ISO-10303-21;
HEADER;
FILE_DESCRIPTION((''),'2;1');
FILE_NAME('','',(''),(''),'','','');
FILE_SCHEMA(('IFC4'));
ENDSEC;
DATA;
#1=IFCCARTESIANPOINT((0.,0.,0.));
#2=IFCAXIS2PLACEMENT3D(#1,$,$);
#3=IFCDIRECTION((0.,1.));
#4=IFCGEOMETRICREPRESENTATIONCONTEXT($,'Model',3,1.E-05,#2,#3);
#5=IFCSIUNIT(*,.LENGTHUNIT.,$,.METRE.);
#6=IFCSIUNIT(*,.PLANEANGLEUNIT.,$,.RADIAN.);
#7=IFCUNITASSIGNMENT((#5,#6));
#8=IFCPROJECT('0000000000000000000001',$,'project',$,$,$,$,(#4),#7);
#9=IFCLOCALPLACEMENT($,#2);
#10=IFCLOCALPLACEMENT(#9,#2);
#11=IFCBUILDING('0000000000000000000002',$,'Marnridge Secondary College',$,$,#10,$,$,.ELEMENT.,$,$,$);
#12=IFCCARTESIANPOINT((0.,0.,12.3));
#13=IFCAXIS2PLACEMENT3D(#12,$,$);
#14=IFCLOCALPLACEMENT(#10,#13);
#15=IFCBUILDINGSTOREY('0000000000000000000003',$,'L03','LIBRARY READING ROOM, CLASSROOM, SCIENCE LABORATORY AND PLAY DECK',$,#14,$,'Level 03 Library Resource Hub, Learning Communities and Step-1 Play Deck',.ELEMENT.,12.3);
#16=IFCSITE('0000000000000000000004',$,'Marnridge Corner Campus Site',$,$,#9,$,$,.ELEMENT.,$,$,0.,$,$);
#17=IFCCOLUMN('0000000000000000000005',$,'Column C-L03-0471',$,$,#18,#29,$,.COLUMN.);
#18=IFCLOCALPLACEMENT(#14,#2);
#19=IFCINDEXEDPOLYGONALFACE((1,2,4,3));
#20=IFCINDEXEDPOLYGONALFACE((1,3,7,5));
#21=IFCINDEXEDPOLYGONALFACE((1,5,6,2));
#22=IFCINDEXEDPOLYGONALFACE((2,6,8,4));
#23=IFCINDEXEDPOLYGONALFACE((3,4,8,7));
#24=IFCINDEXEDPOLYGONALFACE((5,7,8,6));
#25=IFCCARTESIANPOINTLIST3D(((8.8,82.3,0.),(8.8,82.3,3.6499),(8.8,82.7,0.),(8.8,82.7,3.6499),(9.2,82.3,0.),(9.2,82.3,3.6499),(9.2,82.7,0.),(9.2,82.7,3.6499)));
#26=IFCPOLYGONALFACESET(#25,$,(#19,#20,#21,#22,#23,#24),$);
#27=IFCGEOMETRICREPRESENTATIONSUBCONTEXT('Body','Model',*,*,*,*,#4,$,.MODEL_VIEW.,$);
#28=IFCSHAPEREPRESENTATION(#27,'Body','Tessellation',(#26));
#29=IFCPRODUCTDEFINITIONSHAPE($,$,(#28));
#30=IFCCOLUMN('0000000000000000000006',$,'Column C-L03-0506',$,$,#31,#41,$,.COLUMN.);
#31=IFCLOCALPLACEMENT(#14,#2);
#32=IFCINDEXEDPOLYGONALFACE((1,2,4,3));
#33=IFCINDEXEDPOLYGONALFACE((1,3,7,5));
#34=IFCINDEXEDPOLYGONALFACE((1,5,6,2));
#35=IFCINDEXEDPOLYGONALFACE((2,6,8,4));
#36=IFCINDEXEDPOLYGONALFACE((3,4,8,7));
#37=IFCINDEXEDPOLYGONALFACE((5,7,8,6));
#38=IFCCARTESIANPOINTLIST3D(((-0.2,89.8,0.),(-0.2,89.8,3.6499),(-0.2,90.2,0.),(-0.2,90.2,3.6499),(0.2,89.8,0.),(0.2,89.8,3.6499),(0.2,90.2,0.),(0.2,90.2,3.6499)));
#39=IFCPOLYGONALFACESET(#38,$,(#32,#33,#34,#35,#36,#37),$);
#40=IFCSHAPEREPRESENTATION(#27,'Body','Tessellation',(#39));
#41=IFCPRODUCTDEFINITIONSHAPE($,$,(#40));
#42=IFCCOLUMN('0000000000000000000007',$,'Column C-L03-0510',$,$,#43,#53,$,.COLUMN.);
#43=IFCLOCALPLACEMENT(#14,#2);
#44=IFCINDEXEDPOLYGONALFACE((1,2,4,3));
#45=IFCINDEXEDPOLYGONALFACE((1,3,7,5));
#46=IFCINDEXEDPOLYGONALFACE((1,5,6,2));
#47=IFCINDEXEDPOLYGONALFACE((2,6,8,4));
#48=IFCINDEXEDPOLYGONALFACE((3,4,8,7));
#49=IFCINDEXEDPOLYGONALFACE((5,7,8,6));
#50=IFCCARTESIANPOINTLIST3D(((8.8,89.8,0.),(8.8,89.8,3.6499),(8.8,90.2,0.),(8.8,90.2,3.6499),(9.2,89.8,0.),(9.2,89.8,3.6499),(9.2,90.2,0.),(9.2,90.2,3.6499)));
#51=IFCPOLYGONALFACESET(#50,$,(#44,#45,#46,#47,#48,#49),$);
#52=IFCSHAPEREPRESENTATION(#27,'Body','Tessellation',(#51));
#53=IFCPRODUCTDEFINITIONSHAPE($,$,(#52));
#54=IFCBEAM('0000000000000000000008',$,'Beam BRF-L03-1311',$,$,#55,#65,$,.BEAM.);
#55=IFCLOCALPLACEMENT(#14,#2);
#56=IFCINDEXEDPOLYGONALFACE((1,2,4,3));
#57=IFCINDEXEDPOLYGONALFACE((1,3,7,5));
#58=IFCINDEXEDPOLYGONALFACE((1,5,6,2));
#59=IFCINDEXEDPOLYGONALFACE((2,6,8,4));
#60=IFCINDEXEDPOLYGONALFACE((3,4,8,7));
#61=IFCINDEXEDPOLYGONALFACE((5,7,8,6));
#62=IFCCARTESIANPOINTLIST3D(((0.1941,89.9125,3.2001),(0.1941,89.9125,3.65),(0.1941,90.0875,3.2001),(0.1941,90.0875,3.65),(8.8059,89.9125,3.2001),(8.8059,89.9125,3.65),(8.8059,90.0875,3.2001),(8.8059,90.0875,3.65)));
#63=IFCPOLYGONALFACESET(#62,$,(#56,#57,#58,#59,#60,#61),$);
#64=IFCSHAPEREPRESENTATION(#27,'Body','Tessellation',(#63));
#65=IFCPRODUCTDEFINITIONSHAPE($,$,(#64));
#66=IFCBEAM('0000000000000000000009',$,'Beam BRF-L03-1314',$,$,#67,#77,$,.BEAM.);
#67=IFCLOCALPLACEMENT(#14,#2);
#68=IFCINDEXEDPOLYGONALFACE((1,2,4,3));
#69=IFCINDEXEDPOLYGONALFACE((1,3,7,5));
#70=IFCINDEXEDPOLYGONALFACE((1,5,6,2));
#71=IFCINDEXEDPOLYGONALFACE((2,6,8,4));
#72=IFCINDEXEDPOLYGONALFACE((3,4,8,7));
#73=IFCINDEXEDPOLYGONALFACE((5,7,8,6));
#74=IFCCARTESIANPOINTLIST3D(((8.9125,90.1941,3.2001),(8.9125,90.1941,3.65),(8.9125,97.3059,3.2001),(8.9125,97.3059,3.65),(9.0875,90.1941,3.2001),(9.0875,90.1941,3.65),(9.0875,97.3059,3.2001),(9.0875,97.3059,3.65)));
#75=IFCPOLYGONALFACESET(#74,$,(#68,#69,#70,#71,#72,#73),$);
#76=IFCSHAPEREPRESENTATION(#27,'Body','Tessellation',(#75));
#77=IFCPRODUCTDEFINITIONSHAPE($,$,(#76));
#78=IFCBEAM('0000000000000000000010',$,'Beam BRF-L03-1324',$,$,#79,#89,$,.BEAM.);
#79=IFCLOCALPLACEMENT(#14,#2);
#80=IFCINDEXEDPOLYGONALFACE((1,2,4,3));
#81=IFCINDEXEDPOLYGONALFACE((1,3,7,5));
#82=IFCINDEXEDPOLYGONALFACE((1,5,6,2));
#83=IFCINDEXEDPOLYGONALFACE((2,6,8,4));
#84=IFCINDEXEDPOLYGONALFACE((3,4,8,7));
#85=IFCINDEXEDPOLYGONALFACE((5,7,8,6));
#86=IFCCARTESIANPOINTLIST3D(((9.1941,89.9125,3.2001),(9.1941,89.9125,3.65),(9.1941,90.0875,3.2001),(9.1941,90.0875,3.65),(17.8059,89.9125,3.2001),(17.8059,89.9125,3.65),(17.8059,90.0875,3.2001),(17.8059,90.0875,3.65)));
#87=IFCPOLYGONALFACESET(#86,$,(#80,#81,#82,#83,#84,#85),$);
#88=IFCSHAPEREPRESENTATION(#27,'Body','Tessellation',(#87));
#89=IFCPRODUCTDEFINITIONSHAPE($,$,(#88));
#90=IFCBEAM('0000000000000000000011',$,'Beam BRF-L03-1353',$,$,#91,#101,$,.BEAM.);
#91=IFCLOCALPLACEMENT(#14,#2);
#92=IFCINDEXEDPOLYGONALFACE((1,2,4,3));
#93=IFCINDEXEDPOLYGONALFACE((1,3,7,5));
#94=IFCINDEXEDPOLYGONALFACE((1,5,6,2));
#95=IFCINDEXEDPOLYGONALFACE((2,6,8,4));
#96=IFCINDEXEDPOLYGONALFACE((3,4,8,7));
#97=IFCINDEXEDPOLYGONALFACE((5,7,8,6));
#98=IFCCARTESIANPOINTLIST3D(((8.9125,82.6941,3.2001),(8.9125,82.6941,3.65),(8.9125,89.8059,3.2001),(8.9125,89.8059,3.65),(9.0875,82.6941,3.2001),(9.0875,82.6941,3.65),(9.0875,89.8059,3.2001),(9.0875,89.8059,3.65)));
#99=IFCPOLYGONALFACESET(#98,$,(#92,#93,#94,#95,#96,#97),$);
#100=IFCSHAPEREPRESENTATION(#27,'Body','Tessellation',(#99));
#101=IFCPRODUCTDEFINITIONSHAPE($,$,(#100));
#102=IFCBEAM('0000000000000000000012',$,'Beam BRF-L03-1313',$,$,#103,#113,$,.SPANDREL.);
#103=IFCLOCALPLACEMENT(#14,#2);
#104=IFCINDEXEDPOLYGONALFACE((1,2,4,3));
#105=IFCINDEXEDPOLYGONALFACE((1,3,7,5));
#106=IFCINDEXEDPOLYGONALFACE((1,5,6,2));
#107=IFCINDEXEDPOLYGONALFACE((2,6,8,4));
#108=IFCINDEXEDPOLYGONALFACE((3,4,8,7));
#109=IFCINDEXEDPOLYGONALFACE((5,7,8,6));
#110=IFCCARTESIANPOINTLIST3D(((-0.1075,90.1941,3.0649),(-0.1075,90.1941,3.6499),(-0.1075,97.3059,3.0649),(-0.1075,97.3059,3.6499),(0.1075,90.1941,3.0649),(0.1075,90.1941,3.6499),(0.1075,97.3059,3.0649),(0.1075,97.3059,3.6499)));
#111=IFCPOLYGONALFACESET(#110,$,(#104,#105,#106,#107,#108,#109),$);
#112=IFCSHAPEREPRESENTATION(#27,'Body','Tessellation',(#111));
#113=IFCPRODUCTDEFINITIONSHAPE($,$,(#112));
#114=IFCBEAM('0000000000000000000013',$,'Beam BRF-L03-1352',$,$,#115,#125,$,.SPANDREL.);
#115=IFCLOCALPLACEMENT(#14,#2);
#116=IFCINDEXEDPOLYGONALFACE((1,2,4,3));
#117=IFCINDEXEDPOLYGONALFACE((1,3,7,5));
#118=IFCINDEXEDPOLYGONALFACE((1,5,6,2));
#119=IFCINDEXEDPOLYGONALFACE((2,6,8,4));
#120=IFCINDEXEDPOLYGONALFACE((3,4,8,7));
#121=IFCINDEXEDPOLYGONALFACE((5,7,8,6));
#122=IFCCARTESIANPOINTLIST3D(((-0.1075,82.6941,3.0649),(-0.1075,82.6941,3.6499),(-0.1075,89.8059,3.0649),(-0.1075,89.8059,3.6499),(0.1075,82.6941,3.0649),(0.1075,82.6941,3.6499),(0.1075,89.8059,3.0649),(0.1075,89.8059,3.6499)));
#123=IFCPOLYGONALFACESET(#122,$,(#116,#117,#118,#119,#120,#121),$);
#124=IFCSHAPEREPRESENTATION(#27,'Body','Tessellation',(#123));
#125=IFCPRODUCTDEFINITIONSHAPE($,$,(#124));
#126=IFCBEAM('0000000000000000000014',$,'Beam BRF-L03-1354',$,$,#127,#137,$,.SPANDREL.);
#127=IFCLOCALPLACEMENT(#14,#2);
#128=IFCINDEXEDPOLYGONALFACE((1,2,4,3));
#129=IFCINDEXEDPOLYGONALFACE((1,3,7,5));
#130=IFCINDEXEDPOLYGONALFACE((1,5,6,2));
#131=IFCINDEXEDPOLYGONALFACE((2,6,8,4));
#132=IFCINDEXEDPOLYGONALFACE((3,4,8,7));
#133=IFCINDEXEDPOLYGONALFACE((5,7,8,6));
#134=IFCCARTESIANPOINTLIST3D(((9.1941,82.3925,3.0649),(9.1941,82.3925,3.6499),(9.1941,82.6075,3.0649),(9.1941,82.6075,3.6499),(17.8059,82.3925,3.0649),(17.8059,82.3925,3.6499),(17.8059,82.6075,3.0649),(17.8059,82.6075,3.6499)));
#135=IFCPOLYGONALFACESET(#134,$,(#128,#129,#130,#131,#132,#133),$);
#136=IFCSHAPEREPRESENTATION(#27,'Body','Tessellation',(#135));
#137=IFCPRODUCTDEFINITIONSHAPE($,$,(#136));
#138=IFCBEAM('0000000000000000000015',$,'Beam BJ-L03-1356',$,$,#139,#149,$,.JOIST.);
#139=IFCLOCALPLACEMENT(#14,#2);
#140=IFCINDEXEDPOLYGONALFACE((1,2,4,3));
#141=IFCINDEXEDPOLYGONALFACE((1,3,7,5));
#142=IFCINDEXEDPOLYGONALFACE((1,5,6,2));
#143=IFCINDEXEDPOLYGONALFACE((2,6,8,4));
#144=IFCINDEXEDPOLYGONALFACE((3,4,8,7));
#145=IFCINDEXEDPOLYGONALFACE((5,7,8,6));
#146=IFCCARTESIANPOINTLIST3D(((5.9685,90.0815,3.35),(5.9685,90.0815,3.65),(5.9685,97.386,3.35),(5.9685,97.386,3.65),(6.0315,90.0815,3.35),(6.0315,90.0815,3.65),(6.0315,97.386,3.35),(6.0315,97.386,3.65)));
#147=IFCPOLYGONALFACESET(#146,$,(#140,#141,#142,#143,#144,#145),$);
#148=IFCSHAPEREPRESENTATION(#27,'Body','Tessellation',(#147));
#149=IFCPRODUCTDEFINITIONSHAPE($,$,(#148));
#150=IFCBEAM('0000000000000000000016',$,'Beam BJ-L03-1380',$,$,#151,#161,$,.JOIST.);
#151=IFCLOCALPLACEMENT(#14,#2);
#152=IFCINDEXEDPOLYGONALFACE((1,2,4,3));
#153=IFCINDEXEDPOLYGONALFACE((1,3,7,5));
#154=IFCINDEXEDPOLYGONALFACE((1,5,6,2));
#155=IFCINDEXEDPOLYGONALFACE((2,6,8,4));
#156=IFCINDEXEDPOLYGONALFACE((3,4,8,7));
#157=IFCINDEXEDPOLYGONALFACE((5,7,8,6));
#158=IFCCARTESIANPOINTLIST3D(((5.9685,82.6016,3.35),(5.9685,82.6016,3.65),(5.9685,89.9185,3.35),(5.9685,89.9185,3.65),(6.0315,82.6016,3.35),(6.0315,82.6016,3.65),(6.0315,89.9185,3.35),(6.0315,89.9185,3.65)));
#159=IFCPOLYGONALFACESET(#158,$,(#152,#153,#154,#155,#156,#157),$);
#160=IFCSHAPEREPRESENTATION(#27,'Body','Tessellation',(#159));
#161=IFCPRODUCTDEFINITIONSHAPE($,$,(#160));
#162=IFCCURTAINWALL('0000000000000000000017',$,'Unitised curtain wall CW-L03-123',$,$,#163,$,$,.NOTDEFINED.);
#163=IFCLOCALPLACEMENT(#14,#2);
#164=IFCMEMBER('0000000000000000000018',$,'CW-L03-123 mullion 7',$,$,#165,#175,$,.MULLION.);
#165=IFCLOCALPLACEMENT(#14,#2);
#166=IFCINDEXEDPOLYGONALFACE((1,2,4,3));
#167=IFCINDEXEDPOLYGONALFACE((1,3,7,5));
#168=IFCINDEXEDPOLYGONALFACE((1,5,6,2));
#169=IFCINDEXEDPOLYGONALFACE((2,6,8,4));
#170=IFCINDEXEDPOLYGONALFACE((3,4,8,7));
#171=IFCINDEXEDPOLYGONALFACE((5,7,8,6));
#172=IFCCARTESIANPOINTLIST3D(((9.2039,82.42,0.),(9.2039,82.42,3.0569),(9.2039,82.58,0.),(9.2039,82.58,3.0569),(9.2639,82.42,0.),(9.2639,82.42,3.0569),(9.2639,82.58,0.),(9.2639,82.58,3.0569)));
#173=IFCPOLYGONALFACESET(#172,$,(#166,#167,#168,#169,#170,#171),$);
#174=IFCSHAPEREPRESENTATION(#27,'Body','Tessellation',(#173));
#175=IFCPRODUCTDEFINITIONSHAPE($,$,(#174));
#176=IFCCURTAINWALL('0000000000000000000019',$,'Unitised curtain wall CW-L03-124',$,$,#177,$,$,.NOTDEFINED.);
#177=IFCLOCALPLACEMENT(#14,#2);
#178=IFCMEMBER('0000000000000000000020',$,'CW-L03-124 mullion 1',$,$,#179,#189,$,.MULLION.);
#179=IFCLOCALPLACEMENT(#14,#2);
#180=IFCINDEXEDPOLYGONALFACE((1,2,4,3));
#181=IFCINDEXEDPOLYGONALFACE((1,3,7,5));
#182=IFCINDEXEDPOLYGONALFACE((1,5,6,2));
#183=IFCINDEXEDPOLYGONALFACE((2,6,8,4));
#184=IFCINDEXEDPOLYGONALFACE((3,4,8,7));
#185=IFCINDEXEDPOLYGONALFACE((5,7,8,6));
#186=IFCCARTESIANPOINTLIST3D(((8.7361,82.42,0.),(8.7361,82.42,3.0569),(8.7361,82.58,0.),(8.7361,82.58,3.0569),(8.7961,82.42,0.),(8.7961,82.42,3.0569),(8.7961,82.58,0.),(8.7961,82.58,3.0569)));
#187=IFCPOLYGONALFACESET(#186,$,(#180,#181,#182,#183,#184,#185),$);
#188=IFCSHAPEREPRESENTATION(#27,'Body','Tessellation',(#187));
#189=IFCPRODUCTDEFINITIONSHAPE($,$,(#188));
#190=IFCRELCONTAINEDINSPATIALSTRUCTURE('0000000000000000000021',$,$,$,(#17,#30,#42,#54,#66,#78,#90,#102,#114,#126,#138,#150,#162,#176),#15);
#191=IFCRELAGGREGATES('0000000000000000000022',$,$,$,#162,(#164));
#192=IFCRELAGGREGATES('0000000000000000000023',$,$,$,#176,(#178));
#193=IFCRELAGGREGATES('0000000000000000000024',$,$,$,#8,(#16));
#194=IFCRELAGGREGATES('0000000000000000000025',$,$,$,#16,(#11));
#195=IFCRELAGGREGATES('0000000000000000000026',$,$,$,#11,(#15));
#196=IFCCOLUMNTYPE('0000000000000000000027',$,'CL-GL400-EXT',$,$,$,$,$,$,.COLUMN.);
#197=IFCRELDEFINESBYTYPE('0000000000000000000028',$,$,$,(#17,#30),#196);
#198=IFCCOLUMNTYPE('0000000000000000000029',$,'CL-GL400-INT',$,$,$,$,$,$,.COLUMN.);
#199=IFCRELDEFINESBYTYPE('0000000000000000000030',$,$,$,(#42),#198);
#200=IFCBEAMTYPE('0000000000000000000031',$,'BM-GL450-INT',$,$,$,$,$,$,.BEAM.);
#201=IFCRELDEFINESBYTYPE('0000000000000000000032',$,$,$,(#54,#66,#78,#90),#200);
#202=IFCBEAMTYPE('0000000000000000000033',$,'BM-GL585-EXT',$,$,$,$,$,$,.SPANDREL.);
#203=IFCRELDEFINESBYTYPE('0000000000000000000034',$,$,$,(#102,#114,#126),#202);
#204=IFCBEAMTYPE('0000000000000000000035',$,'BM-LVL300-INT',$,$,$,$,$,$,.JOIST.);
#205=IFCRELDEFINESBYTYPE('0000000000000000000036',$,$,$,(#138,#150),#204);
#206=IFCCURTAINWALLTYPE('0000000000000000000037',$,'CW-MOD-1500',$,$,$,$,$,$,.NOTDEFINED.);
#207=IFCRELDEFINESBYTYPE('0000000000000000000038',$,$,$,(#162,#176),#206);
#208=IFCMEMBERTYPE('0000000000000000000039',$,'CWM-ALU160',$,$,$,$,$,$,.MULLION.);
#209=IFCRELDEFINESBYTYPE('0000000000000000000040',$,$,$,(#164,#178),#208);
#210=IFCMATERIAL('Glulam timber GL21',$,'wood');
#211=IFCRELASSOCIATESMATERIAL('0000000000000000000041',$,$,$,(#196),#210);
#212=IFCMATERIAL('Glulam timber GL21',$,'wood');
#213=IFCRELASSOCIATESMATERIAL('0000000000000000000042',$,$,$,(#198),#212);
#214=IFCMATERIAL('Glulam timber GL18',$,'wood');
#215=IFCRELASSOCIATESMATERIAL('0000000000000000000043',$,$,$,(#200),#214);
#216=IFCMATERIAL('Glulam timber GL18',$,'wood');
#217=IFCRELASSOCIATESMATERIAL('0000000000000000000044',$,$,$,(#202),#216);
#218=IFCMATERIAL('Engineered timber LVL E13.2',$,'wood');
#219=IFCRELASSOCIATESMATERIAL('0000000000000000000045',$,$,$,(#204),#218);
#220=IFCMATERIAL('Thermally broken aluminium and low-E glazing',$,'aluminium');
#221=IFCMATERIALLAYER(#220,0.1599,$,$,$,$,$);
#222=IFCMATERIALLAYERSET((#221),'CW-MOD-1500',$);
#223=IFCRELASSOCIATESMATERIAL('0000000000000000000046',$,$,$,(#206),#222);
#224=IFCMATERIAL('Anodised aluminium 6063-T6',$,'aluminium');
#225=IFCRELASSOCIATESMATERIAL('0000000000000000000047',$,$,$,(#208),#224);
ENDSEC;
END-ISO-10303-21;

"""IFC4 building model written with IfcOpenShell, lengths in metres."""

from ifc_helpers import new_model, si_unit, direction, frame, origin, origin_2d, place, context, subcontext, project, spatial, rectangle, extrude, material, layer, layer_set, material_profile, profile_set, type_object, element, aggregate, save


model = new_model("IFC4")

# Units and contexts
model_context = context("Model", 3, precision=1e-05, world=origin(), true_north=direction((0.0, 1.0)))
body_context = subcontext(model_context, "Body", "Model", "MODEL_VIEW")
ifc_project = project(units=[si_unit("LENGTHUNIT", "METRE"), si_unit("PLANEANGLEUNIT", "RADIAN")], contexts=[model_context])

# Site, building, storey
site_placement = place(None, origin())
site = spatial("IfcSite", under=ifc_project, at=site_placement, Name="Marnridge Corner Campus Site", CompositionType="ELEMENT", RefElevation=0.0)
building_placement = place(site_placement, origin())
building = spatial("IfcBuilding", under=site, at=building_placement, Name="Marnridge Secondary College", CompositionType="ELEMENT")
storey_placement = place(building_placement, frame((0.0, 0.0, 12.3)))
storey = spatial("IfcBuildingStorey", under=building, at=storey_placement, Name="L03", Description="LIBRARY READING ROOM, CLASSROOM, SCIENCE LABORATORY AND PLAY DECK", LongName="Level 03 Library Resource Hub, Learning Communities and Step-1 Play Deck", CompositionType="ELEMENT", Elevation=12.3)

# Columns
ifc_material_1 = material(Name="Glulam timber GL21", Category="wood")
ifc_material_profile_1 = material_profile(ifc_material_1, rectangle(XDim=0.3999, YDim=0.3999, at=origin_2d()), Name="GL21 400x400")
ifc_profile_set_1 = profile_set([ifc_material_profile_1], Name="Glulam timber GL21")
column_type_1 = type_object("IfcColumnType", Name="CL-GL400-EXT", PredefinedType="COLUMN", material=ifc_profile_set_1)
for number, where, z_axis, x_axis, name in (
    (1, (9.0, 82.5, 0.0), (0.0, 0.0, 1.0), (1.0, 0.0, 0.0), "Column C-L03-0471"),
    (2, (0.0, 90.0, 0.0), (0.0, 0.0, 1.0), (1.0, 0.0, 0.0), "Column C-L03-0506"),
):
    element("IfcColumn", number, at=place(storey_placement, frame(where, z_axis=z_axis, x_axis=x_axis)), inside=storey, type_object=column_type_1, Name=name, PredefinedType="COLUMN", context=body_context, shape_type="SweptSolid", body=[
        extrude(rectangle(XDim=0.3999, YDim=0.3999, at=origin_2d()), origin(), (0.0, 0.0, 1.0), 3.6499),
    ])
ifc_material_2 = material(Name="Glulam timber GL21", Category="wood")
ifc_material_profile_2 = material_profile(ifc_material_2, rectangle(XDim=0.3999, YDim=0.3999, at=origin_2d()), Name="GL21 400x400")
ifc_profile_set_2 = profile_set([ifc_material_profile_2], Name="Glulam timber GL21")
column_type_2 = type_object("IfcColumnType", Name="CL-GL400-INT", PredefinedType="COLUMN", material=ifc_profile_set_2)
column_placement = place(storey_placement, frame((9.0, 90.0, 0.0), z_axis=(0.0, 0.0, 1.0), x_axis=(1.0, 0.0, 0.0)))
element("IfcColumn", 3, at=column_placement, inside=storey, type_object=column_type_2, Name="Column C-L03-0510", PredefinedType="COLUMN", context=body_context, shape_type="SweptSolid", body=[
    extrude(rectangle(XDim=0.3999, YDim=0.3999, at=origin_2d()), origin(), (0.0, 0.0, 1.0), 3.6499),
])

# Beams
ifc_material_3 = material(Name="Glulam timber GL18", Category="wood")
ifc_material_profile_3 = material_profile(ifc_material_3, rectangle(XDim=0.175, YDim=0.45, at=origin_2d()), Name="GL18 175x450")
ifc_profile_set_3 = profile_set([ifc_material_profile_3], Name="Glulam timber GL18")
beam_type_1 = type_object("IfcBeamType", Name="BM-GL450-INT", PredefinedType="BEAM", material=ifc_profile_set_3)
beam_1_placement = place(storey_placement, frame((0.1941, 90.0, 3.425), z_axis=(1.0, 0.0, 0.0), x_axis=(0.0, 1.0, 0.0)))
element("IfcBeam", 4, at=beam_1_placement, inside=storey, type_object=beam_type_1, Name="Beam BRF-L03-1311", PredefinedType="BEAM", context=body_context, shape_type="SweptSolid", body=[
    extrude(rectangle(XDim=0.175, YDim=0.45, at=origin_2d()), origin(), (0.0, 0.0, 1.0), 8.6118),
])
beam_2_placement = place(storey_placement, frame((9.0, 90.1941, 3.425), z_axis=(0.0, 1.0, 0.0), x_axis=(-1.0, 0.0, 0.0)))
element("IfcBeam", 5, at=beam_2_placement, inside=storey, type_object=beam_type_1, Name="Beam BRF-L03-1314", PredefinedType="BEAM", context=body_context, shape_type="SweptSolid", body=[
    extrude(rectangle(XDim=0.175, YDim=0.45, at=origin_2d()), origin(), (0.0, 0.0, 1.0), 7.1118),
])
beam_3_placement = place(storey_placement, frame((9.1941, 90.0, 3.425), z_axis=(1.0, 0.0, 0.0), x_axis=(0.0, 1.0, 0.0)))
element("IfcBeam", 6, at=beam_3_placement, inside=storey, type_object=beam_type_1, Name="Beam BRF-L03-1324", PredefinedType="BEAM", context=body_context, shape_type="SweptSolid", body=[
    extrude(rectangle(XDim=0.175, YDim=0.45, at=origin_2d()), origin(), (0.0, 0.0, 1.0), 8.6118),
])
beam_4_placement = place(storey_placement, frame((9.0, 82.6941, 3.425), z_axis=(0.0, 1.0, 0.0), x_axis=(-1.0, 0.0, 0.0)))
element("IfcBeam", 7, at=beam_4_placement, inside=storey, type_object=beam_type_1, Name="Beam BRF-L03-1353", PredefinedType="BEAM", context=body_context, shape_type="SweptSolid", body=[
    extrude(rectangle(XDim=0.175, YDim=0.45, at=origin_2d()), origin(), (0.0, 0.0, 1.0), 7.1118),
])
ifc_material_4 = material(Name="Glulam timber GL18", Category="wood")
ifc_material_profile_4 = material_profile(ifc_material_4, rectangle(XDim=0.2151, YDim=0.585, at=origin_2d()), Name="GL18 215x585")
ifc_profile_set_4 = profile_set([ifc_material_profile_4], Name="Glulam timber GL18")
beam_type_2 = type_object("IfcBeamType", Name="BM-GL585-EXT", PredefinedType="SPANDREL", material=ifc_profile_set_4)
for number, where, z_axis, x_axis, name in (
    (8, (0.0, 90.1941, 3.3574), (0.0, 1.0, 0.0), (-1.0, 0.0, 0.0), "Beam BRF-L03-1313"),
    (9, (0.0, 82.6941, 3.3574), (0.0, 1.0, 0.0), (-1.0, 0.0, 0.0), "Beam BRF-L03-1352"),
):
    element("IfcBeam", number, at=place(storey_placement, frame(where, z_axis=z_axis, x_axis=x_axis)), inside=storey, type_object=beam_type_2, Name=name, PredefinedType="SPANDREL", context=body_context, shape_type="SweptSolid", body=[
        extrude(rectangle(XDim=0.2151, YDim=0.585, at=origin_2d()), origin(), (0.0, 0.0, 1.0), 7.1118),
    ])
beam_5_placement = place(storey_placement, frame((9.1941, 82.5, 3.3574), z_axis=(1.0, 0.0, 0.0), x_axis=(0.0, 1.0, 0.0)))
element("IfcBeam", 10, at=beam_5_placement, inside=storey, type_object=beam_type_2, Name="Beam BRF-L03-1354", PredefinedType="SPANDREL", context=body_context, shape_type="SweptSolid", body=[
    extrude(rectangle(XDim=0.2151, YDim=0.585, at=origin_2d()), origin(), (0.0, 0.0, 1.0), 8.6118),
])
ifc_material_5 = material(Name="Engineered timber LVL E13.2", Category="wood")
ifc_material_profile_5 = material_profile(ifc_material_5, rectangle(XDim=0.063, YDim=0.3, at=origin_2d()), Name="LVL 63x300")
ifc_profile_set_5 = profile_set([ifc_material_profile_5], Name="Engineered timber LVL E13.2")
beam_type_3 = type_object("IfcBeamType", Name="BM-LVL300-INT", PredefinedType="JOIST", material=ifc_profile_set_5)
beam_6_placement = place(storey_placement, frame((6.0, 90.0815, 3.5), z_axis=(0.0, 1.0, 0.0), x_axis=(-1.0, 0.0, 0.0)))
element("IfcBeam", 11, at=beam_6_placement, inside=storey, type_object=beam_type_3, Name="Beam BJ-L03-1356", PredefinedType="JOIST", context=body_context, shape_type="SweptSolid", body=[
    extrude(rectangle(XDim=0.063, YDim=0.3, at=origin_2d()), origin(), (0.0, 0.0, 1.0), 7.3044),
])
beam_7_placement = place(storey_placement, frame((6.0, 82.6016, 3.5), z_axis=(0.0, 1.0, 0.0), x_axis=(-1.0, 0.0, 0.0)))
element("IfcBeam", 12, at=beam_7_placement, inside=storey, type_object=beam_type_3, Name="Beam BJ-L03-1380", PredefinedType="JOIST", context=body_context, shape_type="SweptSolid", body=[
    extrude(rectangle(XDim=0.063, YDim=0.3, at=origin_2d()), origin(), (0.0, 0.0, 1.0), 7.3169),
])

# Curtain wall, member
ifc_material_6 = material(Name="Thermally broken aluminium and low-E glazing", Category="aluminium")
ifc_layer_1 = layer(ifc_material_6, 0.1599)
ifc_layer_set_1 = layer_set([ifc_layer_1], Name="CW-MOD-1500")
curtain_wall_type = type_object("IfcCurtainWallType", Name="CW-MOD-1500", PredefinedType="NOTDEFINED", material=ifc_layer_set_1)
curtain_wall_1_placement = place(storey_placement, origin())
curtain_wall_1 = element("IfcCurtainWall", 13, at=curtain_wall_1_placement, inside=storey, type_object=curtain_wall_type, Name="Unitised curtain wall CW-L03-123", PredefinedType="NOTDEFINED")
ifc_material_7 = material(Name="Anodised aluminium 6063-T6", Category="aluminium")
ifc_material_profile_6 = material_profile(ifc_material_7, rectangle(XDim=0.0601, YDim=0.1599, at=origin_2d()), Name="ALU 60x160")
ifc_profile_set_6 = profile_set([ifc_material_profile_6], Name="Anodised aluminium 6063-T6")
member_type_1 = type_object("IfcMemberType", Name="CWM-ALU160", PredefinedType="MULLION", material=ifc_profile_set_6)
member_1_placement = place(storey_placement, frame((9.2339, 82.5, 0.0), z_axis=(0.0, 0.0, 1.0), x_axis=(-1.0, 0.0, 0.0)))
member_1 = element("IfcMember", 14, at=member_1_placement, type_object=member_type_1, Name="CW-L03-123 mullion 7", PredefinedType="MULLION", context=body_context, shape_type="SweptSolid", body=[
    extrude(rectangle(XDim=0.0601, YDim=0.1599, at=origin_2d()), origin(), (0.0, 0.0, 1.0), 3.0569),
])
aggregate(curtain_wall_1, [member_1])

# Curtain wall, member
curtain_wall_2_placement = place(storey_placement, origin())
curtain_wall_2 = element("IfcCurtainWall", 15, at=curtain_wall_2_placement, inside=storey, type_object=curtain_wall_type, Name="Unitised curtain wall CW-L03-124", PredefinedType="NOTDEFINED")
member_2_placement = place(storey_placement, frame((8.7661, 82.5, 0.0), z_axis=(0.0, 0.0, 1.0), x_axis=(-1.0, 0.0, 0.0)))
member_2 = element("IfcMember", 16, at=member_2_placement, type_object=member_type_1, Name="CW-L03-124 mullion 1", PredefinedType="MULLION", context=body_context, shape_type="SweptSolid", body=[
    extrude(rectangle(XDim=0.0601, YDim=0.1599, at=origin_2d()), origin(), (0.0, 0.0, 1.0), 3.0569),
])
aggregate(curtain_wall_2, [member_2])

save(model, "model.ifc")
